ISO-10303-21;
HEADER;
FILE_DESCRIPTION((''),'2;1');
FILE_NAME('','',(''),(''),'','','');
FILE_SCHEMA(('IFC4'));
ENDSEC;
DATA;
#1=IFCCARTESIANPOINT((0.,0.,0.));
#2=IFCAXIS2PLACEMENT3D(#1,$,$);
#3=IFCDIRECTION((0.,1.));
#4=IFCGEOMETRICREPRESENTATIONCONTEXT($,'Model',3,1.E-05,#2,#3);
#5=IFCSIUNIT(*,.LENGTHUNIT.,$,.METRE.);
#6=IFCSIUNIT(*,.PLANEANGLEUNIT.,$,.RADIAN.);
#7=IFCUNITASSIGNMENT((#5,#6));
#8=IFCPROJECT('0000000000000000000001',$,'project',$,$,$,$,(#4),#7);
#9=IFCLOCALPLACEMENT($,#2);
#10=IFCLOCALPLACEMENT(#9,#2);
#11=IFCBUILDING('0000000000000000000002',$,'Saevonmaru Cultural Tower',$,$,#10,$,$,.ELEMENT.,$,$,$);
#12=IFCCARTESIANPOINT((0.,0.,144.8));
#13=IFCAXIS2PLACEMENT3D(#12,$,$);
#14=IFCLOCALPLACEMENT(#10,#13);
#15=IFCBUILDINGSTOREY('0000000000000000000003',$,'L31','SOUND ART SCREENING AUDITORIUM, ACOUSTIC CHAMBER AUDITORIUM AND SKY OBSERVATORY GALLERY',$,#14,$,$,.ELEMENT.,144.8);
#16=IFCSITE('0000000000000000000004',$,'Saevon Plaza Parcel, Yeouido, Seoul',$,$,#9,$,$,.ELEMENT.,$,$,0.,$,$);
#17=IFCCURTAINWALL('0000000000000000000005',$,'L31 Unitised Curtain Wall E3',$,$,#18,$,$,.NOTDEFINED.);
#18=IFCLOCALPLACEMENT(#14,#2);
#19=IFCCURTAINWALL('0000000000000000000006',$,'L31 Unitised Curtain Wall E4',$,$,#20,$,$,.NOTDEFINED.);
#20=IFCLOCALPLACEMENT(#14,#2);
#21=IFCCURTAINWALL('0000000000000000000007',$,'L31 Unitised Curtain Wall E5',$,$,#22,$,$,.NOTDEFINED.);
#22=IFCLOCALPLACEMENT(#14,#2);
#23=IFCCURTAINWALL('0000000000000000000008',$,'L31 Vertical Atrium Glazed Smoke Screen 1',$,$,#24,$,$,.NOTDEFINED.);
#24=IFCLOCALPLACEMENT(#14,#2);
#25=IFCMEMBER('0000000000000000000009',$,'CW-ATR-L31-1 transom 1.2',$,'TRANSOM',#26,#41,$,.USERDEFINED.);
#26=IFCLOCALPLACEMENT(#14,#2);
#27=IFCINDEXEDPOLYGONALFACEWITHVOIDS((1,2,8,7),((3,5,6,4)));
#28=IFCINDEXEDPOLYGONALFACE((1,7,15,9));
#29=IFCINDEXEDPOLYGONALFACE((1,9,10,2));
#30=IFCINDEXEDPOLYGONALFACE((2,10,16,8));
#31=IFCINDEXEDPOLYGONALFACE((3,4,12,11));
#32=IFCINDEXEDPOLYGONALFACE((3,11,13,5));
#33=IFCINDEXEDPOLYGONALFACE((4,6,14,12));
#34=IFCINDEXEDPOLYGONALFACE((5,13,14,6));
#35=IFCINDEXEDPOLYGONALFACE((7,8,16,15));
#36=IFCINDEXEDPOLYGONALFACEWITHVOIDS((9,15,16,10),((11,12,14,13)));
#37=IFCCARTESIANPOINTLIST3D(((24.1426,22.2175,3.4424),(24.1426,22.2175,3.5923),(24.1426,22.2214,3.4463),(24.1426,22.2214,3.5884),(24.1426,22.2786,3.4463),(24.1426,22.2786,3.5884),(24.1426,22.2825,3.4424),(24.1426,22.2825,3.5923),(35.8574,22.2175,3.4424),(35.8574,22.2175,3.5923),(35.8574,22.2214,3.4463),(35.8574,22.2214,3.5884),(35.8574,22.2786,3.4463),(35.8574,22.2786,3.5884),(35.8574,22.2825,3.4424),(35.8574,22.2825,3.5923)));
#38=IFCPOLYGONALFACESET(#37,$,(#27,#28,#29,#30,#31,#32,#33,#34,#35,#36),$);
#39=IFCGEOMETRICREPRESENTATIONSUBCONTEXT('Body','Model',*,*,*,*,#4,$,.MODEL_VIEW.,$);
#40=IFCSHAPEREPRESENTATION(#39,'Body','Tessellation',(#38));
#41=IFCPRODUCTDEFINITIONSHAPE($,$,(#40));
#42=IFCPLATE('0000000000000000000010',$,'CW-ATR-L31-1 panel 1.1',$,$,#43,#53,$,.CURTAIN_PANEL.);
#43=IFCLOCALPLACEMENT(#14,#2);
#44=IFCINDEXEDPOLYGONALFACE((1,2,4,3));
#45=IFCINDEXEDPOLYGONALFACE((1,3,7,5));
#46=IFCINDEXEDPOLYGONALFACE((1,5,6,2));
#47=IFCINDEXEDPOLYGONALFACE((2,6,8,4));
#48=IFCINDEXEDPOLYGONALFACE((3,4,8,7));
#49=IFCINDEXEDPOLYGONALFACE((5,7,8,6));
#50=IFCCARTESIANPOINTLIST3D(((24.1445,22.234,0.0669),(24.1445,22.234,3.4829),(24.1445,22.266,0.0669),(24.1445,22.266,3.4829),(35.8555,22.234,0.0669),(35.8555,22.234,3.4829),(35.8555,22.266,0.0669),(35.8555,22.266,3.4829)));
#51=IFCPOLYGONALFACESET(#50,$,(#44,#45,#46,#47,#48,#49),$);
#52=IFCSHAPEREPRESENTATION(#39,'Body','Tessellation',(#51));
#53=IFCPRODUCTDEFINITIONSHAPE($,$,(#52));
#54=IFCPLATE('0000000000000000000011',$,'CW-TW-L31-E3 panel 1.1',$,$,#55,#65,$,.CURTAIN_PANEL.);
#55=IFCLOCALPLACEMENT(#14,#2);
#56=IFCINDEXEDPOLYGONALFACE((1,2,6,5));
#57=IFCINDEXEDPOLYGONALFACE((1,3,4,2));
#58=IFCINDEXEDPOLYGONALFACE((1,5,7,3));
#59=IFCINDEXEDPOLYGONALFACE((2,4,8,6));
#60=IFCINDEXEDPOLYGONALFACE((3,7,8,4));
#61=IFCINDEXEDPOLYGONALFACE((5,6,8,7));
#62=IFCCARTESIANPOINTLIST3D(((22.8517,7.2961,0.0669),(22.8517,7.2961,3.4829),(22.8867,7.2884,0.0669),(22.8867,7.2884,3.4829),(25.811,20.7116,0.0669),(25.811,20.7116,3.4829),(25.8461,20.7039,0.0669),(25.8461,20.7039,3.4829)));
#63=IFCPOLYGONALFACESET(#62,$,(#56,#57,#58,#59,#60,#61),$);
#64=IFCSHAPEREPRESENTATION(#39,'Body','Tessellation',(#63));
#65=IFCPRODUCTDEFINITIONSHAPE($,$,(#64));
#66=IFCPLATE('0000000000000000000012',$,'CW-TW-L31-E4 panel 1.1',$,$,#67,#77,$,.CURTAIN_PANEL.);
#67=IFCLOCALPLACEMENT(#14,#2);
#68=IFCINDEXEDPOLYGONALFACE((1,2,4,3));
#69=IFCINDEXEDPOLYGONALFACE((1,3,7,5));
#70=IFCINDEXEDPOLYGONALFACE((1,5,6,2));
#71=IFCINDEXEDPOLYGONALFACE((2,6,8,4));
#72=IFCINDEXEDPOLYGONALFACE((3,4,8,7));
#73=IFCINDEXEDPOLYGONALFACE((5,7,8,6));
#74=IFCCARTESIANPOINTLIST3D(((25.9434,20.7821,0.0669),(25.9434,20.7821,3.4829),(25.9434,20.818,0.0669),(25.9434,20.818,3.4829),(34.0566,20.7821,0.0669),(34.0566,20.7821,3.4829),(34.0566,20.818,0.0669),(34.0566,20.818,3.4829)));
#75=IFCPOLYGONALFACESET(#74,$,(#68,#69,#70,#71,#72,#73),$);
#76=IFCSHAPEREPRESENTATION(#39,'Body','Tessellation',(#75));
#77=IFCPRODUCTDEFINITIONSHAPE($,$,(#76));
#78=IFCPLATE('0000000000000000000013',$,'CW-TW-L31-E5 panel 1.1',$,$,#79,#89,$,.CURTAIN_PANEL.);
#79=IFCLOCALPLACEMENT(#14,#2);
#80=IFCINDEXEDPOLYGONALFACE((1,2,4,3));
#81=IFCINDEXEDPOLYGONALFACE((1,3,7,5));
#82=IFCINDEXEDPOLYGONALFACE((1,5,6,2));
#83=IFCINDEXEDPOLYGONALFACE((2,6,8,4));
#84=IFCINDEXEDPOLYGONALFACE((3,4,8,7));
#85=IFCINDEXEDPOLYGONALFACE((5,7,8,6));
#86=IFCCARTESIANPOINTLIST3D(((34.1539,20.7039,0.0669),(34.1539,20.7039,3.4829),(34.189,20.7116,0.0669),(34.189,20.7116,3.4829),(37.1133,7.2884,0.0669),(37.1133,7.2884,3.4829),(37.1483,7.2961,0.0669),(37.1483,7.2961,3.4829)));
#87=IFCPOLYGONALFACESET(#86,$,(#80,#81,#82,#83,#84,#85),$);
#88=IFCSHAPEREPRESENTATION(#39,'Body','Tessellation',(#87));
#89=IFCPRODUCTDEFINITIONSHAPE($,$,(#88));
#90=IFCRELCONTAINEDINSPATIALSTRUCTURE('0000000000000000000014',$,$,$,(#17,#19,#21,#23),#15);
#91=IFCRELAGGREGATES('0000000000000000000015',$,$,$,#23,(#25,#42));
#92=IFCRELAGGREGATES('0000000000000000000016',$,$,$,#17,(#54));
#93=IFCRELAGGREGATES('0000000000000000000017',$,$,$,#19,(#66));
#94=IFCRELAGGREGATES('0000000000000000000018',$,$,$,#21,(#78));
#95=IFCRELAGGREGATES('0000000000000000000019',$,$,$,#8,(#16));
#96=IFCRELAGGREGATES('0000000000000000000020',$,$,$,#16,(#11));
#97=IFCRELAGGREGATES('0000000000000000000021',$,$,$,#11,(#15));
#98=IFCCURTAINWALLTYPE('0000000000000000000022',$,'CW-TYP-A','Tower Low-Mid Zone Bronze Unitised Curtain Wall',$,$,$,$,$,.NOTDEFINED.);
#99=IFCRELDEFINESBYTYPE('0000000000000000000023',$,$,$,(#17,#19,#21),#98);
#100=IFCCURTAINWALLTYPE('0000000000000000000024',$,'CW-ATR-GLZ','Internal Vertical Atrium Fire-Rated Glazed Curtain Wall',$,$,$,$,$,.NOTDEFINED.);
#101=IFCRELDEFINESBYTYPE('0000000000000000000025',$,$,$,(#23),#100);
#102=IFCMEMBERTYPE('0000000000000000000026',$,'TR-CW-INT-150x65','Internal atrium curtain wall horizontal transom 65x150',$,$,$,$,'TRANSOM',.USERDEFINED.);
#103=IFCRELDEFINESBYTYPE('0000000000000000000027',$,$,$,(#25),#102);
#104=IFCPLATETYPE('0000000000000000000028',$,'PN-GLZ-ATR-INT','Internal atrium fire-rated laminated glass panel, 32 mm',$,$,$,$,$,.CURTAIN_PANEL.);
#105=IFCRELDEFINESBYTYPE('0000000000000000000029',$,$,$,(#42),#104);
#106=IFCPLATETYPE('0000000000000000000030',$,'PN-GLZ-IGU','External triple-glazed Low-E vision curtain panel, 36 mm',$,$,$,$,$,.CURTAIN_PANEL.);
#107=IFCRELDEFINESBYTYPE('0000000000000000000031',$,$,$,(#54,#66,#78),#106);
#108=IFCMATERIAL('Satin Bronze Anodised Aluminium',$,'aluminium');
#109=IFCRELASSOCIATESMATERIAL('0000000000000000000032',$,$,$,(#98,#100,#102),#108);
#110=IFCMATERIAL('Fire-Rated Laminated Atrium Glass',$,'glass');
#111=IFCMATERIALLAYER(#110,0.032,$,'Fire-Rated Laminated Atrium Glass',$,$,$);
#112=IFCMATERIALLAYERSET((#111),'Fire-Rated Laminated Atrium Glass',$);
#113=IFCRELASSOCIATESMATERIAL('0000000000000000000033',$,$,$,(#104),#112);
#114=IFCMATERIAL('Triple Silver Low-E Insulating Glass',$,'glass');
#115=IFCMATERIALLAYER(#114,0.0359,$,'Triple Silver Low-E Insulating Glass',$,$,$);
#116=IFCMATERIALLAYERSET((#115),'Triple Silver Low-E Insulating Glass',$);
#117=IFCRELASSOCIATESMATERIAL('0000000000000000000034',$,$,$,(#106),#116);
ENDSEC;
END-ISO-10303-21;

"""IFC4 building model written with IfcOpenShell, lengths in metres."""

from ifc_helpers import new_model, si_unit, direction, frame, origin, origin_2d, place, context, subcontext, project, spatial, rectangle, hollow_rectangle, extrude, material, layer, layer_set, material_profile, profile_set, type_object, element, aggregate, save


model = new_model("IFC4")

# Units and contexts
model_context = context("Model", 3, precision=1e-05, world=origin(), true_north=direction((0.0, 1.0)))
body_context = subcontext(model_context, "Body", "Model", "MODEL_VIEW")
ifc_project = project(units=[si_unit("LENGTHUNIT", "METRE"), si_unit("PLANEANGLEUNIT", "RADIAN")], contexts=[model_context])

# Site, building, storey
site_placement = place(None, origin())
site = spatial("IfcSite", under=ifc_project, at=site_placement, Name="Saevon Plaza Parcel, Yeouido, Seoul", CompositionType="ELEMENT", RefElevation=0.0)
building_placement = place(site_placement, origin())
building = spatial("IfcBuilding", under=site, at=building_placement, Name="Saevonmaru Cultural Tower", CompositionType="ELEMENT")
storey_placement = place(building_placement, frame((0.0, 0.0, 144.8)))
storey = spatial("IfcBuildingStorey", under=building, at=storey_placement, Name="L31", Description="SOUND ART SCREENING AUDITORIUM, ACOUSTIC CHAMBER AUDITORIUM AND SKY OBSERVATORY GALLERY", CompositionType="ELEMENT", Elevation=144.8)

# Curtain wall
ifc_material_1 = material(Name="Satin Bronze Anodised Aluminium", Category="aluminium")
curtain_wall_type_1 = type_object("IfcCurtainWallType", Name="CW-TYP-A", Description="Tower Low-Mid Zone Bronze Unitised Curtain Wall", PredefinedType="NOTDEFINED", material=ifc_material_1)
curtain_wall_1_placement = place(storey_placement, origin())
curtain_wall_1 = element("IfcCurtainWall", 1, at=curtain_wall_1_placement, inside=storey, type_object=curtain_wall_type_1, Name="L31 Unitised Curtain Wall E3", PredefinedType="NOTDEFINED")

# Curtain walls
curtain_wall_2_placement = place(storey_placement, origin())
curtain_wall_2 = element("IfcCurtainWall", 2, at=curtain_wall_2_placement, inside=storey, type_object=curtain_wall_type_1, Name="L31 Unitised Curtain Wall E4", PredefinedType="NOTDEFINED")
curtain_wall_3_placement = place(storey_placement, origin())
curtain_wall_3 = element("IfcCurtainWall", 3, at=curtain_wall_3_placement, inside=storey, type_object=curtain_wall_type_1, Name="L31 Unitised Curtain Wall E5", PredefinedType="NOTDEFINED")

# Curtain wall, member, plate
curtain_wall_type_2 = type_object("IfcCurtainWallType", Name="CW-ATR-GLZ", Description="Internal Vertical Atrium Fire-Rated Glazed Curtain Wall", PredefinedType="NOTDEFINED", material=ifc_material_1)
curtain_wall_4_placement = place(storey_placement, origin())
curtain_wall_4 = element("IfcCurtainWall", 4, at=curtain_wall_4_placement, inside=storey, type_object=curtain_wall_type_2, Name="L31 Vertical Atrium Glazed Smoke Screen 1", PredefinedType="NOTDEFINED")
ifc_material_profile_1 = material_profile(ifc_material_1, hollow_rectangle(XDim=0.0649, YDim=0.1499, WallThickness=0.0039, at=origin_2d()), Name="ALU-TRAN-150x65x4")
ifc_profile_set_1 = profile_set([ifc_material_profile_1], Name="Satin Bronze Anodised Aluminium")
member_type_1 = type_object("IfcMemberType", Name="TR-CW-INT-150x65", Description="Internal atrium curtain wall horizontal transom 65x150", ElementType="TRANSOM", PredefinedType="USERDEFINED", material=ifc_profile_set_1)
member_1_placement = place(storey_placement, frame((24.1426, 22.25, 3.5173), z_axis=(1.0, 0.0, 0.0), x_axis=(0.0, 1.0, 0.0)))
member_1 = element("IfcMember", 5, at=member_1_placement, type_object=member_type_1, Name="CW-ATR-L31-1 transom 1.2", ObjectType="TRANSOM", PredefinedType="USERDEFINED", context=body_context, shape_type="SweptSolid", body=[
    extrude(hollow_rectangle(XDim=0.0649, YDim=0.1499, WallThickness=0.0039, at=origin_2d()), origin(), (0.0, 0.0, 1.0), 11.7148),
])
ifc_material_2 = material(Name="Fire-Rated Laminated Atrium Glass", Category="glass")
ifc_layer_1 = layer(ifc_material_2, 0.032, Name="Fire-Rated Laminated Atrium Glass")
ifc_layer_set_1 = layer_set([ifc_layer_1], Name="Fire-Rated Laminated Atrium Glass")
plate_type_1 = type_object("IfcPlateType", Name="PN-GLZ-ATR-INT", Description="Internal atrium fire-rated laminated glass panel, 32 mm", PredefinedType="CURTAIN_PANEL", material=ifc_layer_set_1)
plate_1_placement = place(storey_placement, frame((30.0, 22.25, 0.0669), z_axis=(0.0, 0.0, 1.0), x_axis=(1.0, 0.0, 0.0)))
plate_1 = element("IfcPlate", 6, at=plate_1_placement, type_object=plate_type_1, Name="CW-ATR-L31-1 panel 1.1", PredefinedType="CURTAIN_PANEL", context=body_context, shape_type="SweptSolid", body=[
    extrude(rectangle(XDim=11.7109, YDim=0.032, at=origin_2d()), origin(), (0.0, 0.0, 1.0), 3.416),
])
aggregate(curtain_wall_4, [member_1, plate_1])

# Plates
ifc_material_3 = material(Name="Triple Silver Low-E Insulating Glass", Category="glass")
ifc_layer_2 = layer(ifc_material_3, 0.0359, Name="Triple Silver Low-E Insulating Glass")
ifc_layer_set_2 = layer_set([ifc_layer_2], Name="Triple Silver Low-E Insulating Glass")
plate_type_2 = type_object("IfcPlateType", Name="PN-GLZ-IGU", Description="External triple-glazed Low-E vision curtain panel, 36 mm", PredefinedType="CURTAIN_PANEL", material=ifc_layer_set_2)
plate_2_placement = place(storey_placement, frame((24.3489, 14.0, 0.0669), z_axis=(0.0, 0.0, 1.0), x_axis=(0.215413, 0.976523, 0.0)))
plate_2 = element("IfcPlate", 7, at=plate_2_placement, type_object=plate_type_2, Name="CW-TW-L31-E3 panel 1.1", PredefinedType="CURTAIN_PANEL", context=body_context, shape_type="SweptSolid", body=[
    extrude(rectangle(XDim=13.738, YDim=0.0359, at=origin_2d()), origin(), (0.0, 0.0, 1.0), 3.416),
])
aggregate(curtain_wall_1, [plate_2])
plate_3_placement = place(storey_placement, frame((30.0, 20.8, 0.0669), z_axis=(0.0, 0.0, 1.0), x_axis=(1.0, 0.0, 0.0)))
plate_3 = element("IfcPlate", 8, at=plate_3_placement, type_object=plate_type_2, Name="CW-TW-L31-E4 panel 1.1", PredefinedType="CURTAIN_PANEL", context=body_context, shape_type="SweptSolid", body=[
    extrude(rectangle(XDim=8.1133, YDim=0.0359, at=origin_2d()), origin(), (0.0, 0.0, 1.0), 3.416),
])
aggregate(curtain_wall_2, [plate_3])
plate_4_placement = place(storey_placement, frame((35.6511, 14.0, 0.0669), z_axis=(0.0, 0.0, 1.0), x_axis=(0.215413, -0.976523, 0.0)))
plate_4 = element("IfcPlate", 9, at=plate_4_placement, type_object=plate_type_2, Name="CW-TW-L31-E5 panel 1.1", PredefinedType="CURTAIN_PANEL", context=body_context, shape_type="SweptSolid", body=[
    extrude(rectangle(XDim=13.738, YDim=0.0359, at=origin_2d()), origin(), (0.0, 0.0, 1.0), 3.416),
])
aggregate(curtain_wall_3, [plate_4])

save(model, "model.ifc")
